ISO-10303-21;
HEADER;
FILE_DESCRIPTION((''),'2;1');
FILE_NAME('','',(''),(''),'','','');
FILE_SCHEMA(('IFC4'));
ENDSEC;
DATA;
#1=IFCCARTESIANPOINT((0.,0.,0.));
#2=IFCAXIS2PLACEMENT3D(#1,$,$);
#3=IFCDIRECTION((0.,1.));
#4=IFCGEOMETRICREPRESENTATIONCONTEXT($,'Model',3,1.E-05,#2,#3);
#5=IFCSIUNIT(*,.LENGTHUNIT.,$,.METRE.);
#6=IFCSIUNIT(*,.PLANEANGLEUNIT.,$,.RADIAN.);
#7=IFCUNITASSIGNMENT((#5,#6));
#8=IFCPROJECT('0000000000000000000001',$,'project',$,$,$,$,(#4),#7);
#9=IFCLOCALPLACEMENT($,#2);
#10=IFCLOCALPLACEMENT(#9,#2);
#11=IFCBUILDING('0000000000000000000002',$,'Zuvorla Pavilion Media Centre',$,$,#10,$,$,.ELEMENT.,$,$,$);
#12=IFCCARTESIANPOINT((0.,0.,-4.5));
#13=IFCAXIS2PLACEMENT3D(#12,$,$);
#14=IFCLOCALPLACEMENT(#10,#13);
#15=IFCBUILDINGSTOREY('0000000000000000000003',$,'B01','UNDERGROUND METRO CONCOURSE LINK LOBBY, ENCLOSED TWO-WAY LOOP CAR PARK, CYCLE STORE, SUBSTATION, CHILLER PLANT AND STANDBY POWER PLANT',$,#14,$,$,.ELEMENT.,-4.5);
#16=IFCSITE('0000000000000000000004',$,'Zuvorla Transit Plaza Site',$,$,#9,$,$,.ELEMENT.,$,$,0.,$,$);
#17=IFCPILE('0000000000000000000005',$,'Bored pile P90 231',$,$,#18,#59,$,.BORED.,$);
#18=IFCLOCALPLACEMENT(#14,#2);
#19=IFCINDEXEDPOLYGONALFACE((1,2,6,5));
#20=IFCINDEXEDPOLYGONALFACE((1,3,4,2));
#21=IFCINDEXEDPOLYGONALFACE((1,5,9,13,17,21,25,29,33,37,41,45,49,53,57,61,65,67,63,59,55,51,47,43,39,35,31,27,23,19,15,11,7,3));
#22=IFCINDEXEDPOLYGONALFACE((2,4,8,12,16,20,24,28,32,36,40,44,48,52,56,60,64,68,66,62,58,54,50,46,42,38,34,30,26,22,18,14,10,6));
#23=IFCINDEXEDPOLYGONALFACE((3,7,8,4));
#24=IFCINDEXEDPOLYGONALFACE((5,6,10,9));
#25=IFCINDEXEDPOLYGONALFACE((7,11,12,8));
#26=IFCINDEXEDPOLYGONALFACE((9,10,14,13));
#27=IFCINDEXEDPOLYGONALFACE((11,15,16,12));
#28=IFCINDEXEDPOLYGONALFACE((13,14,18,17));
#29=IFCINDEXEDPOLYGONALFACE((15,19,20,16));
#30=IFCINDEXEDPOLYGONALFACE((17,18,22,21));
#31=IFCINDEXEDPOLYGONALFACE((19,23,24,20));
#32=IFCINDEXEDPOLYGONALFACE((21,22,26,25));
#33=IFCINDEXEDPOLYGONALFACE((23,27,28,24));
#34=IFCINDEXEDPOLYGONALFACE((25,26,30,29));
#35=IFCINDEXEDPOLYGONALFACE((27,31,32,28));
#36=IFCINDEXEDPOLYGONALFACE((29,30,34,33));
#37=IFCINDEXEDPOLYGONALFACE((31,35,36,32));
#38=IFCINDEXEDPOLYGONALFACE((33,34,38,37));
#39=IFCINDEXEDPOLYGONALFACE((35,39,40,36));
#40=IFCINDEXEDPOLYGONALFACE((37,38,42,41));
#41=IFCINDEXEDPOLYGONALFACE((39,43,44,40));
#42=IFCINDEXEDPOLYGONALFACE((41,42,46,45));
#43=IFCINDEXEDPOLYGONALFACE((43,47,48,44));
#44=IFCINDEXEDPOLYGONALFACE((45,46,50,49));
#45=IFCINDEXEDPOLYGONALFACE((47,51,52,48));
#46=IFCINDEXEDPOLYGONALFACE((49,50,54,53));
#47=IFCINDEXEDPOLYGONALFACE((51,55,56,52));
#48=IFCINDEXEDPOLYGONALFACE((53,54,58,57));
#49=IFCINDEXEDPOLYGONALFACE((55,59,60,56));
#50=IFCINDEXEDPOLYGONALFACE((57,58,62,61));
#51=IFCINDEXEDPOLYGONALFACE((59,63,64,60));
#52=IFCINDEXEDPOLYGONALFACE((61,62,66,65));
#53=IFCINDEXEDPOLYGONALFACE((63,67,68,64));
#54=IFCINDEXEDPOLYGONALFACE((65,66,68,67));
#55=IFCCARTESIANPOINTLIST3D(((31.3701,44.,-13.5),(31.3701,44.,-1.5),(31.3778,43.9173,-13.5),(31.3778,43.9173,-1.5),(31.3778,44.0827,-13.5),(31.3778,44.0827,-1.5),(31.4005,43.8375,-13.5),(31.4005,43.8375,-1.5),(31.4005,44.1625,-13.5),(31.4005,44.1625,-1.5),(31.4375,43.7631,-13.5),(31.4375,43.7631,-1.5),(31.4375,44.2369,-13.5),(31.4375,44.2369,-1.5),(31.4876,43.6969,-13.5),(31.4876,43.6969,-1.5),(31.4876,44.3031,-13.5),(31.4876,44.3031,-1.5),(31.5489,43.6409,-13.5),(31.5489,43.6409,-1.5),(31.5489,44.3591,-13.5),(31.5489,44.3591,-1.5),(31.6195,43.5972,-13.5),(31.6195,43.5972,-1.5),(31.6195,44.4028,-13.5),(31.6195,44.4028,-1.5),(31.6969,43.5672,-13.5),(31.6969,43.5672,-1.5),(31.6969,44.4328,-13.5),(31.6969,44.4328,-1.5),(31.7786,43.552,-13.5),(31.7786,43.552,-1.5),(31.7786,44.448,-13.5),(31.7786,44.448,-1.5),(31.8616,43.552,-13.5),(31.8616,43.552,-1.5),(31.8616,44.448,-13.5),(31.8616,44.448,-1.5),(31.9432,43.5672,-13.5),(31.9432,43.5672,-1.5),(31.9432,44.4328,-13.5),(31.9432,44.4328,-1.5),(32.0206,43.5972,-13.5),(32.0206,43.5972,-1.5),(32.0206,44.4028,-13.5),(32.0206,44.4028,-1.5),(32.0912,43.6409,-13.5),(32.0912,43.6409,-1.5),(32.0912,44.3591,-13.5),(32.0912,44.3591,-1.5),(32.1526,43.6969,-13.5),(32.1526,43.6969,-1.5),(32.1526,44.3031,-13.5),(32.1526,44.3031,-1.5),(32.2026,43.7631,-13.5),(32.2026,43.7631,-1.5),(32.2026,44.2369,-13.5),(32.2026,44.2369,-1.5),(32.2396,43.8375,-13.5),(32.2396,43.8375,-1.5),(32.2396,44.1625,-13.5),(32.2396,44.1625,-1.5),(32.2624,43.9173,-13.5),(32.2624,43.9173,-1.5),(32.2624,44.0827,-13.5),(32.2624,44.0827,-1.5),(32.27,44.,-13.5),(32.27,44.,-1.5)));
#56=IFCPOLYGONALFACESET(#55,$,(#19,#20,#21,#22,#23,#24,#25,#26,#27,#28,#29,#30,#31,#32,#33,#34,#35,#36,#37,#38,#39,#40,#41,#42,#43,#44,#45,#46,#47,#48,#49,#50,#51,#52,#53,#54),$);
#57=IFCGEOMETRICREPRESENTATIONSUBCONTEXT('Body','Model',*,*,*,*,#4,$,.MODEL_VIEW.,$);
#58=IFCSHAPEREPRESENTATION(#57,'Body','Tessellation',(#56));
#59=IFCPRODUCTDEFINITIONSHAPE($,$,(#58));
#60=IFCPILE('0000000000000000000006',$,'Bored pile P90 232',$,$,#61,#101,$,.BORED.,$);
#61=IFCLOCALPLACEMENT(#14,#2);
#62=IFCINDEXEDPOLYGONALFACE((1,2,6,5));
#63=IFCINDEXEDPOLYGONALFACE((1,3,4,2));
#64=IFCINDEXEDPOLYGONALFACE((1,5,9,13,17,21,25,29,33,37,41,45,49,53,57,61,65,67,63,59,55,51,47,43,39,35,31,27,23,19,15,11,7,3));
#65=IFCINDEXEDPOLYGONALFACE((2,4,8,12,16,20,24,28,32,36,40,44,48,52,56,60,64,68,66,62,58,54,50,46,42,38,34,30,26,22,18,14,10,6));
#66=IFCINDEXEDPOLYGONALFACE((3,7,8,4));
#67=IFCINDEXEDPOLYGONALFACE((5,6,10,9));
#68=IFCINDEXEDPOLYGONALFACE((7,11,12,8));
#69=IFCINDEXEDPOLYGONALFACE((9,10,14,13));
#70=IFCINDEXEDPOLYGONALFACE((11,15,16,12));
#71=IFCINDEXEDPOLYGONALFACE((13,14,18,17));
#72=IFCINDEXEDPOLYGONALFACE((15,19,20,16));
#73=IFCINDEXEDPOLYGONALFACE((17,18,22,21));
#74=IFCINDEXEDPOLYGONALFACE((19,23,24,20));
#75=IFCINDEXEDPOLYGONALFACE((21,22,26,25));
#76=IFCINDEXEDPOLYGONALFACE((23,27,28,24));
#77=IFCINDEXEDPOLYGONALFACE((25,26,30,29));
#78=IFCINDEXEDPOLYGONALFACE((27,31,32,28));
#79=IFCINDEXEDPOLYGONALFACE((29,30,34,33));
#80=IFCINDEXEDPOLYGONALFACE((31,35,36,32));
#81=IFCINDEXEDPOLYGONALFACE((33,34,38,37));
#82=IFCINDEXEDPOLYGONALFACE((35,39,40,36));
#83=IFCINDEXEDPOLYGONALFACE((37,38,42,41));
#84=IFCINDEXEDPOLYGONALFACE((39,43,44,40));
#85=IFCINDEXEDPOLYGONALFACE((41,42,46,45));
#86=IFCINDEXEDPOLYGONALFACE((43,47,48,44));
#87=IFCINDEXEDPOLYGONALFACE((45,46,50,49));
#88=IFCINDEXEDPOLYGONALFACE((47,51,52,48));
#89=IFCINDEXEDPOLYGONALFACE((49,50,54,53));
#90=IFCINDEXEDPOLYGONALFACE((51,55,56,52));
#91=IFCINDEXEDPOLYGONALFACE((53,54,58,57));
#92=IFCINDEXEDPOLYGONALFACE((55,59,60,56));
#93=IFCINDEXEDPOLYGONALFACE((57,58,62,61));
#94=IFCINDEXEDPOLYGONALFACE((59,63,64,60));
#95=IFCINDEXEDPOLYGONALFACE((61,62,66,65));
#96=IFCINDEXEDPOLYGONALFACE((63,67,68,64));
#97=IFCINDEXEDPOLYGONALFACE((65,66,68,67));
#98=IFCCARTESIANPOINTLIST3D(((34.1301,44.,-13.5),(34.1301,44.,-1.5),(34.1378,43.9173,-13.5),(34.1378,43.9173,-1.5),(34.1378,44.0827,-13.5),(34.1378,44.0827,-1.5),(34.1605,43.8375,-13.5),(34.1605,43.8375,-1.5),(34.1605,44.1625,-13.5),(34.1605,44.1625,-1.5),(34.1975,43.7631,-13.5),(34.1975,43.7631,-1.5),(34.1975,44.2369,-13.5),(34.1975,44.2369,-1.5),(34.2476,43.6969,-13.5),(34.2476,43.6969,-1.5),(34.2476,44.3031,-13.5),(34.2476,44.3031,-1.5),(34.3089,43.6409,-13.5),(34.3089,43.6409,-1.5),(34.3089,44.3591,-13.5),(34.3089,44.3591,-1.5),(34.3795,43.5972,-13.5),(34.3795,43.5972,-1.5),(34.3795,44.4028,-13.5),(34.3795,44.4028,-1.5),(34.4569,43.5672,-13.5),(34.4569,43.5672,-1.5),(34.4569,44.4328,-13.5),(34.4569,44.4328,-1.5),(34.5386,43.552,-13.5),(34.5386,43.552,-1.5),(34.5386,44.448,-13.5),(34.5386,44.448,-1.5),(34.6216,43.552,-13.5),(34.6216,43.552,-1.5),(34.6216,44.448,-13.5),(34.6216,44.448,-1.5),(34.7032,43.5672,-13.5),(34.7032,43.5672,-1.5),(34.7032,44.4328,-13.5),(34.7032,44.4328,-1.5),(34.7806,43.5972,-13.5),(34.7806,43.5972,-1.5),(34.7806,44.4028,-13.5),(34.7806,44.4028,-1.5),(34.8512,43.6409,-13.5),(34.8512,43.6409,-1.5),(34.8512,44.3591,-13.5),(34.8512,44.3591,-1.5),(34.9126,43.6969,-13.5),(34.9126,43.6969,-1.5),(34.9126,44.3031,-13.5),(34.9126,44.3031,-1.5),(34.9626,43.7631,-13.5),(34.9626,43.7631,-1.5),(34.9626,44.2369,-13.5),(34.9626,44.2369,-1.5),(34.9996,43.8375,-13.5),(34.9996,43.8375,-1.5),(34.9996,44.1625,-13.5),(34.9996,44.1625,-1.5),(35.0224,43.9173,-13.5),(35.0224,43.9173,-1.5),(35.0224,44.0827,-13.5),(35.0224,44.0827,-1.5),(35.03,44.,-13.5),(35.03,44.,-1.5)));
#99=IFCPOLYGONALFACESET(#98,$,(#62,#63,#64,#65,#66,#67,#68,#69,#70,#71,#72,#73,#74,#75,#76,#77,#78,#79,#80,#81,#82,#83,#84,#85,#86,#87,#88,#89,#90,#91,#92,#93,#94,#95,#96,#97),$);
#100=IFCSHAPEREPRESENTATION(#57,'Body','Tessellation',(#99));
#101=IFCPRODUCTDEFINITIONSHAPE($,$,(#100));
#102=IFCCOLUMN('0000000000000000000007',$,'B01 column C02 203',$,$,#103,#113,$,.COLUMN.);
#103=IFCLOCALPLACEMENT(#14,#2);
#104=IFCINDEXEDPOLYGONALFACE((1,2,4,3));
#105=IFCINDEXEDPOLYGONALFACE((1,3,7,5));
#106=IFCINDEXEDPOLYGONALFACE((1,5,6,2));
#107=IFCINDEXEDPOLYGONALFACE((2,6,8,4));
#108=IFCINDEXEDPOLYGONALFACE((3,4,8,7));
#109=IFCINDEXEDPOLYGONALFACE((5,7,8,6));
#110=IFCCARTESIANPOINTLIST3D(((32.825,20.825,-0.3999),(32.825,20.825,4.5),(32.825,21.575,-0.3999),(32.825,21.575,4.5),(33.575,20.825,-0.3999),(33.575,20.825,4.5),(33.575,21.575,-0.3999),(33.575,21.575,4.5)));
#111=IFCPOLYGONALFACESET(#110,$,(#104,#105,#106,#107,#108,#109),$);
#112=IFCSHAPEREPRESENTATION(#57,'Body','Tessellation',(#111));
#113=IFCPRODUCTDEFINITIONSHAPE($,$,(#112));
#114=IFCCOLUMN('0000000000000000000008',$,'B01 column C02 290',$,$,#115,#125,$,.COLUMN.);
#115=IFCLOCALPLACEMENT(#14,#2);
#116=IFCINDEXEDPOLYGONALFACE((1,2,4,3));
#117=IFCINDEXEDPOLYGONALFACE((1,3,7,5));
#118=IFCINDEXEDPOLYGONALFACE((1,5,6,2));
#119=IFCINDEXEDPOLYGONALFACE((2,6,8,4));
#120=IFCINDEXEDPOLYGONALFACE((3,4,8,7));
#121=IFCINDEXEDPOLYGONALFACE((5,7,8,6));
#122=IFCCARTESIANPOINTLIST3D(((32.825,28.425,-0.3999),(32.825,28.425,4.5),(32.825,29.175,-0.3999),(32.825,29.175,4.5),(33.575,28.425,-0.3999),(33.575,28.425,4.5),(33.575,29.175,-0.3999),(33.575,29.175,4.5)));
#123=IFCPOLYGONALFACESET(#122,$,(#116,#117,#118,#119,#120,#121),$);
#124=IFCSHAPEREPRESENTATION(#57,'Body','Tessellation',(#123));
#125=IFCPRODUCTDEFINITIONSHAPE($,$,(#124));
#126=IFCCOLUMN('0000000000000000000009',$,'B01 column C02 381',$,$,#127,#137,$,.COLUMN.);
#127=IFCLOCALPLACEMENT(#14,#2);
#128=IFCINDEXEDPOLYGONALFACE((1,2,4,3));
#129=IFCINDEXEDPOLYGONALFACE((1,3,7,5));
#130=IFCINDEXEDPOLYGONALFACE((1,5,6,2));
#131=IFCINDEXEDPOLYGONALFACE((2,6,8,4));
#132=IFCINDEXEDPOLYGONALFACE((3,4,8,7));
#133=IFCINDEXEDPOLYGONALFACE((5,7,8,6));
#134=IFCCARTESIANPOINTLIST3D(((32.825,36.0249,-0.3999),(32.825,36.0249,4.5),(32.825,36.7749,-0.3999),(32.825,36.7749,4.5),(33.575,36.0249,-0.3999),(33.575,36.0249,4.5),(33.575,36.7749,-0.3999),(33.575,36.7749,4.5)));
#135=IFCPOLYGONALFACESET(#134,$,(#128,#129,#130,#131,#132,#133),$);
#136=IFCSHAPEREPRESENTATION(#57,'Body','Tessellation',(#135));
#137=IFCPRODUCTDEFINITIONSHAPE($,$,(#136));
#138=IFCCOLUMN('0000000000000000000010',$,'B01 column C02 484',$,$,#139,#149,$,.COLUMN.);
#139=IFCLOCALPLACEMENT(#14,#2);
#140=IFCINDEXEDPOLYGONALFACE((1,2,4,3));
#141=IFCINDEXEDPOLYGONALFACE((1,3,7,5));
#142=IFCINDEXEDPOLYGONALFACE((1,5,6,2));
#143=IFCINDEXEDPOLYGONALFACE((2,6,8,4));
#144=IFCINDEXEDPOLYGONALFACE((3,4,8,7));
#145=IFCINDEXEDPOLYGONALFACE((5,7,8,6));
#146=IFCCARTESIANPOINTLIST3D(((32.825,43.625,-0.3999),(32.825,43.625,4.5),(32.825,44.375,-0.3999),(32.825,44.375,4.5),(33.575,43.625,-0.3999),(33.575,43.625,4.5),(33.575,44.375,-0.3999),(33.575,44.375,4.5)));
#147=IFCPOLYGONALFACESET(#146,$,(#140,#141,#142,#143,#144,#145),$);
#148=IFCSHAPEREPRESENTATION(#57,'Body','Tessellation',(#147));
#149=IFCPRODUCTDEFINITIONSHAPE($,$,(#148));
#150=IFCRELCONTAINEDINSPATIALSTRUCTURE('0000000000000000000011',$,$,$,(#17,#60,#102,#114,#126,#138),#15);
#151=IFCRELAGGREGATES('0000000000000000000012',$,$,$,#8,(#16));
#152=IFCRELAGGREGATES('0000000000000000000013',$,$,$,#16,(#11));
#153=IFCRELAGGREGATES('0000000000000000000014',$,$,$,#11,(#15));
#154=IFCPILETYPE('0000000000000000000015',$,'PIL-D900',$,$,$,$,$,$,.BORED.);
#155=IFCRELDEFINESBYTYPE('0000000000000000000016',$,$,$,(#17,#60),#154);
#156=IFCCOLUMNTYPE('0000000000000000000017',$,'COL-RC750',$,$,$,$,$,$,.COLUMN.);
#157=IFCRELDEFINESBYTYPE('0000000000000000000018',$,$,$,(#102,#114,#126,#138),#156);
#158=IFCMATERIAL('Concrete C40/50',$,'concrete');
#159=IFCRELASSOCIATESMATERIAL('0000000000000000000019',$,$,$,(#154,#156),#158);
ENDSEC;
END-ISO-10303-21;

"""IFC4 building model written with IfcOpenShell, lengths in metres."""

from ifc_helpers import new_model, si_unit, direction, frame, origin, origin_2d, place, context, subcontext, project, spatial, rectangle, circle, extrude, material, material_profile, profile_set, type_object, element, save


model = new_model("IFC4")

# Units and contexts
model_context = context("Model", 3, precision=1e-05, world=origin(), true_north=direction((0.0, 1.0)))
body_context = subcontext(model_context, "Body", "Model", "MODEL_VIEW")
ifc_project = project(units=[si_unit("LENGTHUNIT", "METRE"), si_unit("PLANEANGLEUNIT", "RADIAN")], contexts=[model_context])

# Site, building, storey
site_placement = place(None, origin())
site = spatial("IfcSite", under=ifc_project, at=site_placement, Name="Zuvorla Transit Plaza Site", CompositionType="ELEMENT", RefElevation=0.0)
building_placement = place(site_placement, origin())
building = spatial("IfcBuilding", under=site, at=building_placement, Name="Zuvorla Pavilion Media Centre", CompositionType="ELEMENT")
storey_placement = place(building_placement, frame((0.0, 0.0, -4.5)))
storey = spatial("IfcBuildingStorey", under=building, at=storey_placement, Name="B01", Description="UNDERGROUND METRO CONCOURSE LINK LOBBY, ENCLOSED TWO-WAY LOOP CAR PARK, CYCLE STORE, SUBSTATION, CHILLER PLANT AND STANDBY POWER PLANT", CompositionType="ELEMENT", Elevation=-4.5)

# Shared definitions
ifc_material = material(Name="Concrete C40/50", Category="concrete")

# Piles
ifc_material_profile_1 = material_profile(ifc_material, circle(Radius=0.45, at=origin_2d()), Name="BORED PILE 900")
ifc_profile_set_1 = profile_set([ifc_material_profile_1], Name="Concrete C40/50")
pile_type_1 = type_object("IfcPileType", Name="PIL-D900", PredefinedType="BORED", material=ifc_profile_set_1)
for number, where, z_axis, x_axis, name in (
    (1, (31.8201, 44.0, -1.5), (0.0, 0.0, -1.0), (1.0, 0.0, 0.0), "Bored pile P90 231"),
    (2, (34.5801, 44.0, -1.5), (0.0, 0.0, -1.0), (1.0, 0.0, 0.0), "Bored pile P90 232"),
):
    element("IfcPile", number, at=place(storey_placement, frame(where, z_axis=z_axis, x_axis=x_axis)), inside=storey, type_object=pile_type_1, Name=name, PredefinedType="BORED", context=body_context, shape_type="SweptSolid", body=[
        extrude(circle(Radius=0.45, at=origin_2d()), origin(), (0.0, 0.0, 1.0), 12.0),
    ])

# Columns
ifc_material_profile_2 = material_profile(ifc_material, rectangle(XDim=0.75, YDim=0.75, at=origin_2d()), Name="RC 750x750")
ifc_profile_set_2 = profile_set([ifc_material_profile_2], Name="Concrete C40/50")
column_type = type_object("IfcColumnType", Name="COL-RC750", PredefinedType="COLUMN", material=ifc_profile_set_2)
for number, where, z_axis, x_axis, name in (
    (3, (33.2, 21.2, -0.3999), (0.0, 0.0, 1.0), (1.0, 0.0, 0.0), "B01 column C02 203"),
    (4, (33.2, 28.8, -0.3999), (0.0, 0.0, 1.0), (1.0, 0.0, 0.0), "B01 column C02 290"),
    (5, (33.2, 36.3999, -0.3999), (0.0, 0.0, 1.0), (1.0, 0.0, 0.0), "B01 column C02 381"),
    (6, (33.2, 44.0, -0.3999), (0.0, 0.0, 1.0), (1.0, 0.0, 0.0), "B01 column C02 484"),
):
    element("IfcColumn", number, at=place(storey_placement, frame(where, z_axis=z_axis, x_axis=x_axis)), inside=storey, type_object=column_type, Name=name, PredefinedType="COLUMN", context=body_context, shape_type="SweptSolid", body=[
        extrude(rectangle(XDim=0.75, YDim=0.75, at=origin_2d()), origin(), (0.0, 0.0, 1.0), 4.8999),
    ])

save(model, "model.ifc")
